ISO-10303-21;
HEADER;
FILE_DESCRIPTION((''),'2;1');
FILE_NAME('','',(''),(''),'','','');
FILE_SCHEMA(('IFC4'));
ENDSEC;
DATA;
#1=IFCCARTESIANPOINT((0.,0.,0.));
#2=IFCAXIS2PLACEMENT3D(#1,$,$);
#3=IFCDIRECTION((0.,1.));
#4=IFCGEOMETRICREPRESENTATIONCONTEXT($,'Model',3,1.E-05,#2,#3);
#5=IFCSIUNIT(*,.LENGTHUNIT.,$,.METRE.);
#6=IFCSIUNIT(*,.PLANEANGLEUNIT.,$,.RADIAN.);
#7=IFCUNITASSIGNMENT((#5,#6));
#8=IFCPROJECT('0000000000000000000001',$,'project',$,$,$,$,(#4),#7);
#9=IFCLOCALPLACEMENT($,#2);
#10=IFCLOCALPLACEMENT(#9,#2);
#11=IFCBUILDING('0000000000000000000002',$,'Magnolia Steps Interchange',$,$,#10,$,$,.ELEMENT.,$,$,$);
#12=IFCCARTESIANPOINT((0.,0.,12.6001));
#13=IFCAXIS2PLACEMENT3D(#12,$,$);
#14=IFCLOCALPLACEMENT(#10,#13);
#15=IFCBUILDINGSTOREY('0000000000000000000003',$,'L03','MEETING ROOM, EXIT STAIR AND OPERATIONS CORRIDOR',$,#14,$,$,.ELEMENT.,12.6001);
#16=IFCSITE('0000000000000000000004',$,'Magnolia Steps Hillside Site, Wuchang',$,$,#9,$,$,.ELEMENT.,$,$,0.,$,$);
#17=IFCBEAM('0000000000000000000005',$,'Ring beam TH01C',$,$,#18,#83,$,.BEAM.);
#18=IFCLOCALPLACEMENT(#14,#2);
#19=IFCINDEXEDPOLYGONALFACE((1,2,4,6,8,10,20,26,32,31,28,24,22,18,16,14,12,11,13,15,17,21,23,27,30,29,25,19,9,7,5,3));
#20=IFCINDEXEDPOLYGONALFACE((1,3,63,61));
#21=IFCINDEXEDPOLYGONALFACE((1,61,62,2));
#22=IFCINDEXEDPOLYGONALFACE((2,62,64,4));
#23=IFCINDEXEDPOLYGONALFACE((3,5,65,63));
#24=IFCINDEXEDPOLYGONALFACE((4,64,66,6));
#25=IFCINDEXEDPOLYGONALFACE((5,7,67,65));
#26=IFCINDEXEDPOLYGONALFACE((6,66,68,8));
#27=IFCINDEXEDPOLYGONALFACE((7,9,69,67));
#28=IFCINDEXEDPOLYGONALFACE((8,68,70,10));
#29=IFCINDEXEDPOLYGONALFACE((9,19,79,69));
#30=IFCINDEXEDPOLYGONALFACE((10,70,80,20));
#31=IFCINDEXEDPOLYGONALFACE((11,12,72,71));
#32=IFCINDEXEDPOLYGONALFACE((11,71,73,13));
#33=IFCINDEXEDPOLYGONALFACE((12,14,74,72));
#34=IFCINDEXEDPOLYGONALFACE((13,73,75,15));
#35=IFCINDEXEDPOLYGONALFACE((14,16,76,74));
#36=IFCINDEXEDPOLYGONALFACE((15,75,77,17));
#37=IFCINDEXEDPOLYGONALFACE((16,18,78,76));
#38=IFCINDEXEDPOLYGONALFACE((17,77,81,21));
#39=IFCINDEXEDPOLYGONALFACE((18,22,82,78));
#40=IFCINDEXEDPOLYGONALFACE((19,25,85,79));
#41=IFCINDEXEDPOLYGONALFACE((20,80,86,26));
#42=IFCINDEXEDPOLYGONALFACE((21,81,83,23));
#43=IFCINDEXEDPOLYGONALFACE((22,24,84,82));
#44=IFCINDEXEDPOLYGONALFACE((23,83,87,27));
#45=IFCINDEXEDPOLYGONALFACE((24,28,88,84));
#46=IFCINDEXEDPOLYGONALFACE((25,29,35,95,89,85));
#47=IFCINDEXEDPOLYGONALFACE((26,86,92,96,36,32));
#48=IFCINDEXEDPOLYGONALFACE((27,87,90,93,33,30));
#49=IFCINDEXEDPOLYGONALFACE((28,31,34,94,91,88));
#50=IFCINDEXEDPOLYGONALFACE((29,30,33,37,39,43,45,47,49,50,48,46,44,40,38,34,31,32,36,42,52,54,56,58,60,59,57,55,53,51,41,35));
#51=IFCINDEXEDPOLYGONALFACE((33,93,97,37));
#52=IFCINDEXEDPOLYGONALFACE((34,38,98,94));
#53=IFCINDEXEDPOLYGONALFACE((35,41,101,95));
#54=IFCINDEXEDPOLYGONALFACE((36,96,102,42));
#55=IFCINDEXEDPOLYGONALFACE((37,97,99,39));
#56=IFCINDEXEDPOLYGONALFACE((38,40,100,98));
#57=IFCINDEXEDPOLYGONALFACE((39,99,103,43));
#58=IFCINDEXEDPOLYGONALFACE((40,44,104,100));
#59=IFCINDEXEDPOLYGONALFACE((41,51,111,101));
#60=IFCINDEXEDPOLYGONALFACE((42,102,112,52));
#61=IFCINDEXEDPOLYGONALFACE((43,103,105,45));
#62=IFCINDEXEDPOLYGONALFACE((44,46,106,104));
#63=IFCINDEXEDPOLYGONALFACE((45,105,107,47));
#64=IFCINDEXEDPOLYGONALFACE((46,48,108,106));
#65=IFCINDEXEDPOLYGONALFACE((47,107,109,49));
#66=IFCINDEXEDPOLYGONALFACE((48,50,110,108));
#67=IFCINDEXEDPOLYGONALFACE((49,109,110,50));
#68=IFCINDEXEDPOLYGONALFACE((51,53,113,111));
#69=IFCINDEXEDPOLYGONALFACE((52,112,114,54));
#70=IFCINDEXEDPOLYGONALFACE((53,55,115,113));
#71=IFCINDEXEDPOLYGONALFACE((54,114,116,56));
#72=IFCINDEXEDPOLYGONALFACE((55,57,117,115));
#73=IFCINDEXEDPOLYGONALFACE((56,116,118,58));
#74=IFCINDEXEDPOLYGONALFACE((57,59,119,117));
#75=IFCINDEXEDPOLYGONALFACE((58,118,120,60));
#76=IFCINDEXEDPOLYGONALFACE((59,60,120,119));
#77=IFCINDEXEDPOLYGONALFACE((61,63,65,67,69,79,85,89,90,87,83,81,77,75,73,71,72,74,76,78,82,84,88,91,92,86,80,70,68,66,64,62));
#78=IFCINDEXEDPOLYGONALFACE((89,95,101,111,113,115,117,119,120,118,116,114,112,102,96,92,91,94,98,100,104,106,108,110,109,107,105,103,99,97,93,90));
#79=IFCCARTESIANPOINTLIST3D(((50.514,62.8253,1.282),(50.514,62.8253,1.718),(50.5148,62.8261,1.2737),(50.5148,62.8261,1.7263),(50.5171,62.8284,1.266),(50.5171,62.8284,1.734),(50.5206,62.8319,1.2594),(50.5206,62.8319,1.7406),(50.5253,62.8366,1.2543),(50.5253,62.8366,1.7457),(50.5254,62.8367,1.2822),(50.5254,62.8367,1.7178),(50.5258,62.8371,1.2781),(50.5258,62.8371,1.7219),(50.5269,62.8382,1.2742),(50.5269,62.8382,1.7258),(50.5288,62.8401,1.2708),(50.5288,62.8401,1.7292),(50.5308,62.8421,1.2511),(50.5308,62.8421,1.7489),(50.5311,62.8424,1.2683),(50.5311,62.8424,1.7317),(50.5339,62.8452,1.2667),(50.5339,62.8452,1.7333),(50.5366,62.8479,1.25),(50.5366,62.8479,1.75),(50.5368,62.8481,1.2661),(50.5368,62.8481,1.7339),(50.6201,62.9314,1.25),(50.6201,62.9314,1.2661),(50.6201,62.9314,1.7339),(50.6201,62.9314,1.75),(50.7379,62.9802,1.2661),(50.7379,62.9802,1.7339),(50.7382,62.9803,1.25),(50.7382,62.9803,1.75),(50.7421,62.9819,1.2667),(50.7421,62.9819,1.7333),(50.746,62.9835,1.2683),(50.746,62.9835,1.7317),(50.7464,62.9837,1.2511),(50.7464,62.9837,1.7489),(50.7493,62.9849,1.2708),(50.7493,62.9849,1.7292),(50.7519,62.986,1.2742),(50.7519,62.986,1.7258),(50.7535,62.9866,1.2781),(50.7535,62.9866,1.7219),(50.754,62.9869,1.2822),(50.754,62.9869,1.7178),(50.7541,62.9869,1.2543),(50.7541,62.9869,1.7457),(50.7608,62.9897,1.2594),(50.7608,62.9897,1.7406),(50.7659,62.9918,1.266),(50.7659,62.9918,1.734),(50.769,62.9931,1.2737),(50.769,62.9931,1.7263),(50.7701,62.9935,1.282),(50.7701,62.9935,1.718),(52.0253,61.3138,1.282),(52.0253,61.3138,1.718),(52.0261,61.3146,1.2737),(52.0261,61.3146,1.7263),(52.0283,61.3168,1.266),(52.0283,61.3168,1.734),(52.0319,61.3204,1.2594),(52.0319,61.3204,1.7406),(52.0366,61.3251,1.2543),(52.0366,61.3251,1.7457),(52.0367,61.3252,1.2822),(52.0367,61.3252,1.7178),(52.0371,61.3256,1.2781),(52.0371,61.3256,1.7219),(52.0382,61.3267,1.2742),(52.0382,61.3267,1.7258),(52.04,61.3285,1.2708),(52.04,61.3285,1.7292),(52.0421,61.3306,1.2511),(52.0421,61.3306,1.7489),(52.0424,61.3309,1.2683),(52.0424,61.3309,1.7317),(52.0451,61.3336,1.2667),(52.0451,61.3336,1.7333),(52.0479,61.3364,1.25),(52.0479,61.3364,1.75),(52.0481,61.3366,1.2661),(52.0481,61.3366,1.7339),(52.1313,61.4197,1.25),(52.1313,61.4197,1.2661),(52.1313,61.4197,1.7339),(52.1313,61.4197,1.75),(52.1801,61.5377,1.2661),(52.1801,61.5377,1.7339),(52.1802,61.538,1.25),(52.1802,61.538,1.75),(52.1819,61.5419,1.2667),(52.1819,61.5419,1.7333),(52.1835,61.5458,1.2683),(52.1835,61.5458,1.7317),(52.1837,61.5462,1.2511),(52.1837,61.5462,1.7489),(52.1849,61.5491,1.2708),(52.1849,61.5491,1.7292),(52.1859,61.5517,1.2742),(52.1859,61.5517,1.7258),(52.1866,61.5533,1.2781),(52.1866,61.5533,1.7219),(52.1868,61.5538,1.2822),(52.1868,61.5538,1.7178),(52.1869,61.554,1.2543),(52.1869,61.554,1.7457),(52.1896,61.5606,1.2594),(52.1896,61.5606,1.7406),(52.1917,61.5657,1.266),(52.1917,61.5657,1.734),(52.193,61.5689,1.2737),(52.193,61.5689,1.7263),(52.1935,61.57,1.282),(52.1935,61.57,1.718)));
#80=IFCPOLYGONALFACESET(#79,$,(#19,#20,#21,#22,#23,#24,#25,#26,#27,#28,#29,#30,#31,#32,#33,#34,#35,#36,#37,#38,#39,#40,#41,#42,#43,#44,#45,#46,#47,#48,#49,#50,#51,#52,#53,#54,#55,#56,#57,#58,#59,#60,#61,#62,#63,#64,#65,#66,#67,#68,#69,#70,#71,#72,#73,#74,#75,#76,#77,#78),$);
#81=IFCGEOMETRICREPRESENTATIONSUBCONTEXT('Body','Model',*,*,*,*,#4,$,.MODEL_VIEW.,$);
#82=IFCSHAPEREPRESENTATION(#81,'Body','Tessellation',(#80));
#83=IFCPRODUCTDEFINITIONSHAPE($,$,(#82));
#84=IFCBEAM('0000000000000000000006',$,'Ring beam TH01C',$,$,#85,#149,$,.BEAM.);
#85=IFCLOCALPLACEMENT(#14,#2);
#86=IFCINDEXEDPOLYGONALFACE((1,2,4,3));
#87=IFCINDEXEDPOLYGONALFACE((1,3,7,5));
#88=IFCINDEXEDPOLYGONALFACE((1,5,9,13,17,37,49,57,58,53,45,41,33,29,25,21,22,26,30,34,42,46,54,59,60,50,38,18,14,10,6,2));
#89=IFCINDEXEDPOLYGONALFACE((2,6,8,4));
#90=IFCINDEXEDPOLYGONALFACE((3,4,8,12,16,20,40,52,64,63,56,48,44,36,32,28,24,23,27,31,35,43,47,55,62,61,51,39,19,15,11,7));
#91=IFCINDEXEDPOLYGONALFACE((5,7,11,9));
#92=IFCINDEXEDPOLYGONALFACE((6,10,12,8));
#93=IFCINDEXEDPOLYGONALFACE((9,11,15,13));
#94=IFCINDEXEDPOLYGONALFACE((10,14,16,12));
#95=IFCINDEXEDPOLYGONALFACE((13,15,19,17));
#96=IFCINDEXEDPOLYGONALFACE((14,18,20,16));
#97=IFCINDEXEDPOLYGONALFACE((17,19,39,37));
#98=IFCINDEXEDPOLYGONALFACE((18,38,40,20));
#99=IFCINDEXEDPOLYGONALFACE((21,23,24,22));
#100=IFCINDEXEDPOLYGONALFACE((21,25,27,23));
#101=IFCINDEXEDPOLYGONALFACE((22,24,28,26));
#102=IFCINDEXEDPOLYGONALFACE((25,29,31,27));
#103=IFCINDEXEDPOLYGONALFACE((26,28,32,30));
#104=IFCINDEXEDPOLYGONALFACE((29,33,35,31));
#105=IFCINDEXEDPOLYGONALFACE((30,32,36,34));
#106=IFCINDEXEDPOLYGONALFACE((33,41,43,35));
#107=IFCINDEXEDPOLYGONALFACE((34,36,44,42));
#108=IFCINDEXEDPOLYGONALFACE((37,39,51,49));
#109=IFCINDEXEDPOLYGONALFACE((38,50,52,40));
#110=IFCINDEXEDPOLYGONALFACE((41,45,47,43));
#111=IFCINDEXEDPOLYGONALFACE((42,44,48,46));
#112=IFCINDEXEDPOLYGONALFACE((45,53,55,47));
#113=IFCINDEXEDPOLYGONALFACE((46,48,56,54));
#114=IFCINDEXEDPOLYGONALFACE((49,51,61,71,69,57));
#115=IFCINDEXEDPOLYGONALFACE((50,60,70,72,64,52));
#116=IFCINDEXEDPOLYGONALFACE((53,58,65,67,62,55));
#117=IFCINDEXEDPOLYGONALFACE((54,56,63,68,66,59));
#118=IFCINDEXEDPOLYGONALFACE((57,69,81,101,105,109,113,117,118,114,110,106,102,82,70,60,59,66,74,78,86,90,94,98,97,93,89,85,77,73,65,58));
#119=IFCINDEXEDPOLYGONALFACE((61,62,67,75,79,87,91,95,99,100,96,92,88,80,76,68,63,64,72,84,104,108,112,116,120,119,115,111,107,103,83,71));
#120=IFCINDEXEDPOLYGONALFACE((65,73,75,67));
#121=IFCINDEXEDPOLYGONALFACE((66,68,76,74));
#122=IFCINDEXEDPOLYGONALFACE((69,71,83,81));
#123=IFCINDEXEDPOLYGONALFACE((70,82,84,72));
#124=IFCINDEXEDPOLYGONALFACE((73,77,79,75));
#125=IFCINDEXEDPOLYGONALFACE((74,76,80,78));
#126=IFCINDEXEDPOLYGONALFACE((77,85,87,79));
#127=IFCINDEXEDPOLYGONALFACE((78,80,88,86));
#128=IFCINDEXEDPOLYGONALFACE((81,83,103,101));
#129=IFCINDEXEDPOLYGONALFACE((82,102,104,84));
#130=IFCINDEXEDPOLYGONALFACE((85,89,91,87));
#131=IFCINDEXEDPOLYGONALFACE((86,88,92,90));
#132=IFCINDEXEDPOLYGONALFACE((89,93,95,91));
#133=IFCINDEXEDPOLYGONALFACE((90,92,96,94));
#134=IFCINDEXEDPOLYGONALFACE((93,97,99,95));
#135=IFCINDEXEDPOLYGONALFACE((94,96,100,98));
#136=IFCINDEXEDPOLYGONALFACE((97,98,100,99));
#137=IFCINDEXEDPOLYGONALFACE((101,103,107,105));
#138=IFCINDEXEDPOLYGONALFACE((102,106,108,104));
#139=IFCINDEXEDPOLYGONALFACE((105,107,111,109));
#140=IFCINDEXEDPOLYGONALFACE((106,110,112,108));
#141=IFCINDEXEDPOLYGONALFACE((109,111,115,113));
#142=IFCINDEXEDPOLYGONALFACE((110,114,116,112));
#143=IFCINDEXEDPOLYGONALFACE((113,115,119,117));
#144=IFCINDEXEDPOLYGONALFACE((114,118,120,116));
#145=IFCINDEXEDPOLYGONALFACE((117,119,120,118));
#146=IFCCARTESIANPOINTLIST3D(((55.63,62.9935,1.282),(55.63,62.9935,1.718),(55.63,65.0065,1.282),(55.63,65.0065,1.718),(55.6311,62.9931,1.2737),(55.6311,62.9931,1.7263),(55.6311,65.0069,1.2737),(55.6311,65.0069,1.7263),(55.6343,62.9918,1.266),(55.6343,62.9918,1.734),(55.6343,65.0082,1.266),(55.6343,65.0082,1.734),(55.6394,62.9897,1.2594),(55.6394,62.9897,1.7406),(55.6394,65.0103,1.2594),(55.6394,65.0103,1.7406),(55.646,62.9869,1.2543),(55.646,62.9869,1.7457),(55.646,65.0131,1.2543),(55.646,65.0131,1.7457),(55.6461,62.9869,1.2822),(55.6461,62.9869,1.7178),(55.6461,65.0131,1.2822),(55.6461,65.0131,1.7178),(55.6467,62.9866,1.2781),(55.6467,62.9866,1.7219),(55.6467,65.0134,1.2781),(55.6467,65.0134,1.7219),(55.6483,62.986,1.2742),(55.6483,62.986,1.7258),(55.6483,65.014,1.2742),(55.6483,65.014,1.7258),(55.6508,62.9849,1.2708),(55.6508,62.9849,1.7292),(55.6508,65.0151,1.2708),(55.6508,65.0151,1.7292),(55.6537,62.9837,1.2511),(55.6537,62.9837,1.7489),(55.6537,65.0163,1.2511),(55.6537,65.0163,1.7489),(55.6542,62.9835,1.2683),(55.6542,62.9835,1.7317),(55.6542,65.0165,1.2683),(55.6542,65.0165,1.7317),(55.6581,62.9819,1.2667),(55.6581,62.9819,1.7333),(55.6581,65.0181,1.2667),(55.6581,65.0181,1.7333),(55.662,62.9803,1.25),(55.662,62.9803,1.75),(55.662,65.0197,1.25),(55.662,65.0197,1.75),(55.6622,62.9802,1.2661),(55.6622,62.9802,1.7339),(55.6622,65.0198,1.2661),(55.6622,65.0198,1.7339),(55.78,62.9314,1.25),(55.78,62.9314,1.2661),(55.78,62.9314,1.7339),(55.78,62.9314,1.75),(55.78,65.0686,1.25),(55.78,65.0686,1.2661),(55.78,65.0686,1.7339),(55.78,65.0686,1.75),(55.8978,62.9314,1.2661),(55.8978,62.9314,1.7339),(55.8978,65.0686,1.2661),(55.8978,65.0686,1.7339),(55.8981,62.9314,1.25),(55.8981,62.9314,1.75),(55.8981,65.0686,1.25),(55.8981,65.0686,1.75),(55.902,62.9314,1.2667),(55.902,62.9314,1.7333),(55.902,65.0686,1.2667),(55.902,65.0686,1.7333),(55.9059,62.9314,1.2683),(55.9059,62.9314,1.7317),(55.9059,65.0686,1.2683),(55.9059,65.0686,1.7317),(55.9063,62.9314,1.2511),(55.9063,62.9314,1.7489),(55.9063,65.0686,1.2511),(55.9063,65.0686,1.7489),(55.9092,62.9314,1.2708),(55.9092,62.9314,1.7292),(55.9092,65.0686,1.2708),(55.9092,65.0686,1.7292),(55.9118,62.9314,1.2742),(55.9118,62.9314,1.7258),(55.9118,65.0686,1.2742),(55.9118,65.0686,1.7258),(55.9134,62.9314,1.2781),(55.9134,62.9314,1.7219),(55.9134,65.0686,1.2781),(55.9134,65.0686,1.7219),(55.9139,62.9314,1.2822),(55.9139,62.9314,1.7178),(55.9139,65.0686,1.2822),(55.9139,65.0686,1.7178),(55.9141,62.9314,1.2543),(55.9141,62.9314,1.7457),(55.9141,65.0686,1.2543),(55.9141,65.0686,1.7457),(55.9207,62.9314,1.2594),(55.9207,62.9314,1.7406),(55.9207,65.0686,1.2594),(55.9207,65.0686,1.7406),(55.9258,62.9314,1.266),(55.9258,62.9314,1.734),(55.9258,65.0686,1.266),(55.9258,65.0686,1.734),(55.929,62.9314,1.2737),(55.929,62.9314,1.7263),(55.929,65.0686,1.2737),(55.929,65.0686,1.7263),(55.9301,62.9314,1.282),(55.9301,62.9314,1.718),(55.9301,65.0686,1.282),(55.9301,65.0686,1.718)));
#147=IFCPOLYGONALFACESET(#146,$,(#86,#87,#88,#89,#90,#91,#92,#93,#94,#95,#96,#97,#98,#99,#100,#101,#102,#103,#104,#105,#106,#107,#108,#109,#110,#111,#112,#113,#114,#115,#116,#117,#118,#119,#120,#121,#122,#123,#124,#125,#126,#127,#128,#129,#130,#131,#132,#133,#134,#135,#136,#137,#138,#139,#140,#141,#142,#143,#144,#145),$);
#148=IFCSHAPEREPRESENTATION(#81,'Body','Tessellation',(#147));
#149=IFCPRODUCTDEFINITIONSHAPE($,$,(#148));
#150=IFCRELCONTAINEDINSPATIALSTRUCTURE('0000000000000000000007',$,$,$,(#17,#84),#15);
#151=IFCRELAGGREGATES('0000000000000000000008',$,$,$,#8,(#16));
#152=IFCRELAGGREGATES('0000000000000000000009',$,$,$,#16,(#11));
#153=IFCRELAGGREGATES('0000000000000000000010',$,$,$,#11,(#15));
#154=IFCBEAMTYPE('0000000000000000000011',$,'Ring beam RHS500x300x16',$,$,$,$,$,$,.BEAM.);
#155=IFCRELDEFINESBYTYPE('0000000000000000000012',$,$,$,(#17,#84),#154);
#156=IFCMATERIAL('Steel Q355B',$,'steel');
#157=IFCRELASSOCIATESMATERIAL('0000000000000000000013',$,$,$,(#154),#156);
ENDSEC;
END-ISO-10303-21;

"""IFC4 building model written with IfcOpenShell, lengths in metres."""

from ifc_helpers import new_model, si_unit, direction, frame, origin, origin_2d, place, context, subcontext, project, spatial, hollow_rectangle, extrude, clip, halfspace, material, material_profile, profile_set, type_object, element, save


model = new_model("IFC4")

# Units and contexts
model_context = context("Model", 3, precision=1e-05, world=origin(), true_north=direction((0.0, 1.0)))
body_context = subcontext(model_context, "Body", "Model", "MODEL_VIEW")
ifc_project = project(units=[si_unit("LENGTHUNIT", "METRE"), si_unit("PLANEANGLEUNIT", "RADIAN")], contexts=[model_context])

# Site, building, storey
site_placement = place(None, origin())
site = spatial("IfcSite", under=ifc_project, at=site_placement, Name="Magnolia Steps Hillside Site, Wuchang", CompositionType="ELEMENT", RefElevation=0.0)
building_placement = place(site_placement, origin())
building = spatial("IfcBuilding", under=site, at=building_placement, Name="Magnolia Steps Interchange", CompositionType="ELEMENT")
storey_placement = place(building_placement, frame((0.0, 0.0, 12.6001)))
storey = spatial("IfcBuildingStorey", under=building, at=storey_placement, Name="L03", Description="MEETING ROOM, EXIT STAIR AND OPERATIONS CORRIDOR", CompositionType="ELEMENT", Elevation=12.6001)

# Beams
ifc_material_1 = material(Name="Steel Q355B", Category="steel")
ifc_material_profile_1 = material_profile(ifc_material_1, hollow_rectangle(XDim=0.3, YDim=0.5, WallThickness=0.0161, InnerFilletRadius=0.0161, OuterFilletRadius=0.032, at=origin_2d()), Name="RHS500x300x16")
ifc_profile_set_1 = profile_set([ifc_material_profile_1], Name="Steel Q355B")
beam_type_1 = type_object("IfcBeamType", Name="Ring beam RHS500x300x16", PredefinedType="BEAM", material=ifc_profile_set_1)
beam_1_placement = place(storey_placement, frame((50.6201, 62.9314, 1.5), z_axis=(0.70705, -0.707164, 0.0), x_axis=(0.707164, 0.70705, 0.0)))
element("IfcBeam", 1, at=beam_1_placement, inside=storey, type_object=beam_type_1, Name="Ring beam TH01C", PredefinedType="BEAM", context=body_context, shape_type="Clipping", body=[
    clip(clip(extrude(hollow_rectangle(XDim=0.3, YDim=0.5, WallThickness=0.0161, InnerFilletRadius=0.0161, OuterFilletRadius=0.032, at=origin_2d()), origin(), (0.0, 0.0, 1.0), 2.1375), halfspace(frame((0.0, 0.0, 0.0), z_axis=(0.382609, 0.0, -0.92391), x_axis=(0.92391, 0.0, 0.382609)), False)), halfspace(frame((0.0, 0.0, 2.1374), z_axis=(0.382758, 0.0, 0.923849), x_axis=(0.923849, 0.0, -0.382758)), False)),
])
beam_2_placement = place(storey_placement, frame((55.78, 62.9314, 1.5), z_axis=(0.0, 1.0, 0.0), x_axis=(-1.0, 0.0, 0.0)))
element("IfcBeam", 2, at=beam_2_placement, inside=storey, type_object=beam_type_1, Name="Ring beam TH01C", PredefinedType="BEAM", context=body_context, shape_type="Clipping", body=[
    clip(clip(extrude(hollow_rectangle(XDim=0.3, YDim=0.5, WallThickness=0.0161, InnerFilletRadius=0.0161, OuterFilletRadius=0.032, at=origin_2d()), origin(), (0.0, 0.0, 1.0), 2.1372), halfspace(frame((0.0, 0.0, 0.0), z_axis=(0.382683, 0.0, -0.92388), x_axis=(0.92388, 0.0, 0.382683)), False)), halfspace(frame((0.0, 0.0, 2.1372), z_axis=(0.382683, 0.0, 0.92388), x_axis=(0.92388, 0.0, -0.382683)), False)),
])

save(model, "model.ifc")
